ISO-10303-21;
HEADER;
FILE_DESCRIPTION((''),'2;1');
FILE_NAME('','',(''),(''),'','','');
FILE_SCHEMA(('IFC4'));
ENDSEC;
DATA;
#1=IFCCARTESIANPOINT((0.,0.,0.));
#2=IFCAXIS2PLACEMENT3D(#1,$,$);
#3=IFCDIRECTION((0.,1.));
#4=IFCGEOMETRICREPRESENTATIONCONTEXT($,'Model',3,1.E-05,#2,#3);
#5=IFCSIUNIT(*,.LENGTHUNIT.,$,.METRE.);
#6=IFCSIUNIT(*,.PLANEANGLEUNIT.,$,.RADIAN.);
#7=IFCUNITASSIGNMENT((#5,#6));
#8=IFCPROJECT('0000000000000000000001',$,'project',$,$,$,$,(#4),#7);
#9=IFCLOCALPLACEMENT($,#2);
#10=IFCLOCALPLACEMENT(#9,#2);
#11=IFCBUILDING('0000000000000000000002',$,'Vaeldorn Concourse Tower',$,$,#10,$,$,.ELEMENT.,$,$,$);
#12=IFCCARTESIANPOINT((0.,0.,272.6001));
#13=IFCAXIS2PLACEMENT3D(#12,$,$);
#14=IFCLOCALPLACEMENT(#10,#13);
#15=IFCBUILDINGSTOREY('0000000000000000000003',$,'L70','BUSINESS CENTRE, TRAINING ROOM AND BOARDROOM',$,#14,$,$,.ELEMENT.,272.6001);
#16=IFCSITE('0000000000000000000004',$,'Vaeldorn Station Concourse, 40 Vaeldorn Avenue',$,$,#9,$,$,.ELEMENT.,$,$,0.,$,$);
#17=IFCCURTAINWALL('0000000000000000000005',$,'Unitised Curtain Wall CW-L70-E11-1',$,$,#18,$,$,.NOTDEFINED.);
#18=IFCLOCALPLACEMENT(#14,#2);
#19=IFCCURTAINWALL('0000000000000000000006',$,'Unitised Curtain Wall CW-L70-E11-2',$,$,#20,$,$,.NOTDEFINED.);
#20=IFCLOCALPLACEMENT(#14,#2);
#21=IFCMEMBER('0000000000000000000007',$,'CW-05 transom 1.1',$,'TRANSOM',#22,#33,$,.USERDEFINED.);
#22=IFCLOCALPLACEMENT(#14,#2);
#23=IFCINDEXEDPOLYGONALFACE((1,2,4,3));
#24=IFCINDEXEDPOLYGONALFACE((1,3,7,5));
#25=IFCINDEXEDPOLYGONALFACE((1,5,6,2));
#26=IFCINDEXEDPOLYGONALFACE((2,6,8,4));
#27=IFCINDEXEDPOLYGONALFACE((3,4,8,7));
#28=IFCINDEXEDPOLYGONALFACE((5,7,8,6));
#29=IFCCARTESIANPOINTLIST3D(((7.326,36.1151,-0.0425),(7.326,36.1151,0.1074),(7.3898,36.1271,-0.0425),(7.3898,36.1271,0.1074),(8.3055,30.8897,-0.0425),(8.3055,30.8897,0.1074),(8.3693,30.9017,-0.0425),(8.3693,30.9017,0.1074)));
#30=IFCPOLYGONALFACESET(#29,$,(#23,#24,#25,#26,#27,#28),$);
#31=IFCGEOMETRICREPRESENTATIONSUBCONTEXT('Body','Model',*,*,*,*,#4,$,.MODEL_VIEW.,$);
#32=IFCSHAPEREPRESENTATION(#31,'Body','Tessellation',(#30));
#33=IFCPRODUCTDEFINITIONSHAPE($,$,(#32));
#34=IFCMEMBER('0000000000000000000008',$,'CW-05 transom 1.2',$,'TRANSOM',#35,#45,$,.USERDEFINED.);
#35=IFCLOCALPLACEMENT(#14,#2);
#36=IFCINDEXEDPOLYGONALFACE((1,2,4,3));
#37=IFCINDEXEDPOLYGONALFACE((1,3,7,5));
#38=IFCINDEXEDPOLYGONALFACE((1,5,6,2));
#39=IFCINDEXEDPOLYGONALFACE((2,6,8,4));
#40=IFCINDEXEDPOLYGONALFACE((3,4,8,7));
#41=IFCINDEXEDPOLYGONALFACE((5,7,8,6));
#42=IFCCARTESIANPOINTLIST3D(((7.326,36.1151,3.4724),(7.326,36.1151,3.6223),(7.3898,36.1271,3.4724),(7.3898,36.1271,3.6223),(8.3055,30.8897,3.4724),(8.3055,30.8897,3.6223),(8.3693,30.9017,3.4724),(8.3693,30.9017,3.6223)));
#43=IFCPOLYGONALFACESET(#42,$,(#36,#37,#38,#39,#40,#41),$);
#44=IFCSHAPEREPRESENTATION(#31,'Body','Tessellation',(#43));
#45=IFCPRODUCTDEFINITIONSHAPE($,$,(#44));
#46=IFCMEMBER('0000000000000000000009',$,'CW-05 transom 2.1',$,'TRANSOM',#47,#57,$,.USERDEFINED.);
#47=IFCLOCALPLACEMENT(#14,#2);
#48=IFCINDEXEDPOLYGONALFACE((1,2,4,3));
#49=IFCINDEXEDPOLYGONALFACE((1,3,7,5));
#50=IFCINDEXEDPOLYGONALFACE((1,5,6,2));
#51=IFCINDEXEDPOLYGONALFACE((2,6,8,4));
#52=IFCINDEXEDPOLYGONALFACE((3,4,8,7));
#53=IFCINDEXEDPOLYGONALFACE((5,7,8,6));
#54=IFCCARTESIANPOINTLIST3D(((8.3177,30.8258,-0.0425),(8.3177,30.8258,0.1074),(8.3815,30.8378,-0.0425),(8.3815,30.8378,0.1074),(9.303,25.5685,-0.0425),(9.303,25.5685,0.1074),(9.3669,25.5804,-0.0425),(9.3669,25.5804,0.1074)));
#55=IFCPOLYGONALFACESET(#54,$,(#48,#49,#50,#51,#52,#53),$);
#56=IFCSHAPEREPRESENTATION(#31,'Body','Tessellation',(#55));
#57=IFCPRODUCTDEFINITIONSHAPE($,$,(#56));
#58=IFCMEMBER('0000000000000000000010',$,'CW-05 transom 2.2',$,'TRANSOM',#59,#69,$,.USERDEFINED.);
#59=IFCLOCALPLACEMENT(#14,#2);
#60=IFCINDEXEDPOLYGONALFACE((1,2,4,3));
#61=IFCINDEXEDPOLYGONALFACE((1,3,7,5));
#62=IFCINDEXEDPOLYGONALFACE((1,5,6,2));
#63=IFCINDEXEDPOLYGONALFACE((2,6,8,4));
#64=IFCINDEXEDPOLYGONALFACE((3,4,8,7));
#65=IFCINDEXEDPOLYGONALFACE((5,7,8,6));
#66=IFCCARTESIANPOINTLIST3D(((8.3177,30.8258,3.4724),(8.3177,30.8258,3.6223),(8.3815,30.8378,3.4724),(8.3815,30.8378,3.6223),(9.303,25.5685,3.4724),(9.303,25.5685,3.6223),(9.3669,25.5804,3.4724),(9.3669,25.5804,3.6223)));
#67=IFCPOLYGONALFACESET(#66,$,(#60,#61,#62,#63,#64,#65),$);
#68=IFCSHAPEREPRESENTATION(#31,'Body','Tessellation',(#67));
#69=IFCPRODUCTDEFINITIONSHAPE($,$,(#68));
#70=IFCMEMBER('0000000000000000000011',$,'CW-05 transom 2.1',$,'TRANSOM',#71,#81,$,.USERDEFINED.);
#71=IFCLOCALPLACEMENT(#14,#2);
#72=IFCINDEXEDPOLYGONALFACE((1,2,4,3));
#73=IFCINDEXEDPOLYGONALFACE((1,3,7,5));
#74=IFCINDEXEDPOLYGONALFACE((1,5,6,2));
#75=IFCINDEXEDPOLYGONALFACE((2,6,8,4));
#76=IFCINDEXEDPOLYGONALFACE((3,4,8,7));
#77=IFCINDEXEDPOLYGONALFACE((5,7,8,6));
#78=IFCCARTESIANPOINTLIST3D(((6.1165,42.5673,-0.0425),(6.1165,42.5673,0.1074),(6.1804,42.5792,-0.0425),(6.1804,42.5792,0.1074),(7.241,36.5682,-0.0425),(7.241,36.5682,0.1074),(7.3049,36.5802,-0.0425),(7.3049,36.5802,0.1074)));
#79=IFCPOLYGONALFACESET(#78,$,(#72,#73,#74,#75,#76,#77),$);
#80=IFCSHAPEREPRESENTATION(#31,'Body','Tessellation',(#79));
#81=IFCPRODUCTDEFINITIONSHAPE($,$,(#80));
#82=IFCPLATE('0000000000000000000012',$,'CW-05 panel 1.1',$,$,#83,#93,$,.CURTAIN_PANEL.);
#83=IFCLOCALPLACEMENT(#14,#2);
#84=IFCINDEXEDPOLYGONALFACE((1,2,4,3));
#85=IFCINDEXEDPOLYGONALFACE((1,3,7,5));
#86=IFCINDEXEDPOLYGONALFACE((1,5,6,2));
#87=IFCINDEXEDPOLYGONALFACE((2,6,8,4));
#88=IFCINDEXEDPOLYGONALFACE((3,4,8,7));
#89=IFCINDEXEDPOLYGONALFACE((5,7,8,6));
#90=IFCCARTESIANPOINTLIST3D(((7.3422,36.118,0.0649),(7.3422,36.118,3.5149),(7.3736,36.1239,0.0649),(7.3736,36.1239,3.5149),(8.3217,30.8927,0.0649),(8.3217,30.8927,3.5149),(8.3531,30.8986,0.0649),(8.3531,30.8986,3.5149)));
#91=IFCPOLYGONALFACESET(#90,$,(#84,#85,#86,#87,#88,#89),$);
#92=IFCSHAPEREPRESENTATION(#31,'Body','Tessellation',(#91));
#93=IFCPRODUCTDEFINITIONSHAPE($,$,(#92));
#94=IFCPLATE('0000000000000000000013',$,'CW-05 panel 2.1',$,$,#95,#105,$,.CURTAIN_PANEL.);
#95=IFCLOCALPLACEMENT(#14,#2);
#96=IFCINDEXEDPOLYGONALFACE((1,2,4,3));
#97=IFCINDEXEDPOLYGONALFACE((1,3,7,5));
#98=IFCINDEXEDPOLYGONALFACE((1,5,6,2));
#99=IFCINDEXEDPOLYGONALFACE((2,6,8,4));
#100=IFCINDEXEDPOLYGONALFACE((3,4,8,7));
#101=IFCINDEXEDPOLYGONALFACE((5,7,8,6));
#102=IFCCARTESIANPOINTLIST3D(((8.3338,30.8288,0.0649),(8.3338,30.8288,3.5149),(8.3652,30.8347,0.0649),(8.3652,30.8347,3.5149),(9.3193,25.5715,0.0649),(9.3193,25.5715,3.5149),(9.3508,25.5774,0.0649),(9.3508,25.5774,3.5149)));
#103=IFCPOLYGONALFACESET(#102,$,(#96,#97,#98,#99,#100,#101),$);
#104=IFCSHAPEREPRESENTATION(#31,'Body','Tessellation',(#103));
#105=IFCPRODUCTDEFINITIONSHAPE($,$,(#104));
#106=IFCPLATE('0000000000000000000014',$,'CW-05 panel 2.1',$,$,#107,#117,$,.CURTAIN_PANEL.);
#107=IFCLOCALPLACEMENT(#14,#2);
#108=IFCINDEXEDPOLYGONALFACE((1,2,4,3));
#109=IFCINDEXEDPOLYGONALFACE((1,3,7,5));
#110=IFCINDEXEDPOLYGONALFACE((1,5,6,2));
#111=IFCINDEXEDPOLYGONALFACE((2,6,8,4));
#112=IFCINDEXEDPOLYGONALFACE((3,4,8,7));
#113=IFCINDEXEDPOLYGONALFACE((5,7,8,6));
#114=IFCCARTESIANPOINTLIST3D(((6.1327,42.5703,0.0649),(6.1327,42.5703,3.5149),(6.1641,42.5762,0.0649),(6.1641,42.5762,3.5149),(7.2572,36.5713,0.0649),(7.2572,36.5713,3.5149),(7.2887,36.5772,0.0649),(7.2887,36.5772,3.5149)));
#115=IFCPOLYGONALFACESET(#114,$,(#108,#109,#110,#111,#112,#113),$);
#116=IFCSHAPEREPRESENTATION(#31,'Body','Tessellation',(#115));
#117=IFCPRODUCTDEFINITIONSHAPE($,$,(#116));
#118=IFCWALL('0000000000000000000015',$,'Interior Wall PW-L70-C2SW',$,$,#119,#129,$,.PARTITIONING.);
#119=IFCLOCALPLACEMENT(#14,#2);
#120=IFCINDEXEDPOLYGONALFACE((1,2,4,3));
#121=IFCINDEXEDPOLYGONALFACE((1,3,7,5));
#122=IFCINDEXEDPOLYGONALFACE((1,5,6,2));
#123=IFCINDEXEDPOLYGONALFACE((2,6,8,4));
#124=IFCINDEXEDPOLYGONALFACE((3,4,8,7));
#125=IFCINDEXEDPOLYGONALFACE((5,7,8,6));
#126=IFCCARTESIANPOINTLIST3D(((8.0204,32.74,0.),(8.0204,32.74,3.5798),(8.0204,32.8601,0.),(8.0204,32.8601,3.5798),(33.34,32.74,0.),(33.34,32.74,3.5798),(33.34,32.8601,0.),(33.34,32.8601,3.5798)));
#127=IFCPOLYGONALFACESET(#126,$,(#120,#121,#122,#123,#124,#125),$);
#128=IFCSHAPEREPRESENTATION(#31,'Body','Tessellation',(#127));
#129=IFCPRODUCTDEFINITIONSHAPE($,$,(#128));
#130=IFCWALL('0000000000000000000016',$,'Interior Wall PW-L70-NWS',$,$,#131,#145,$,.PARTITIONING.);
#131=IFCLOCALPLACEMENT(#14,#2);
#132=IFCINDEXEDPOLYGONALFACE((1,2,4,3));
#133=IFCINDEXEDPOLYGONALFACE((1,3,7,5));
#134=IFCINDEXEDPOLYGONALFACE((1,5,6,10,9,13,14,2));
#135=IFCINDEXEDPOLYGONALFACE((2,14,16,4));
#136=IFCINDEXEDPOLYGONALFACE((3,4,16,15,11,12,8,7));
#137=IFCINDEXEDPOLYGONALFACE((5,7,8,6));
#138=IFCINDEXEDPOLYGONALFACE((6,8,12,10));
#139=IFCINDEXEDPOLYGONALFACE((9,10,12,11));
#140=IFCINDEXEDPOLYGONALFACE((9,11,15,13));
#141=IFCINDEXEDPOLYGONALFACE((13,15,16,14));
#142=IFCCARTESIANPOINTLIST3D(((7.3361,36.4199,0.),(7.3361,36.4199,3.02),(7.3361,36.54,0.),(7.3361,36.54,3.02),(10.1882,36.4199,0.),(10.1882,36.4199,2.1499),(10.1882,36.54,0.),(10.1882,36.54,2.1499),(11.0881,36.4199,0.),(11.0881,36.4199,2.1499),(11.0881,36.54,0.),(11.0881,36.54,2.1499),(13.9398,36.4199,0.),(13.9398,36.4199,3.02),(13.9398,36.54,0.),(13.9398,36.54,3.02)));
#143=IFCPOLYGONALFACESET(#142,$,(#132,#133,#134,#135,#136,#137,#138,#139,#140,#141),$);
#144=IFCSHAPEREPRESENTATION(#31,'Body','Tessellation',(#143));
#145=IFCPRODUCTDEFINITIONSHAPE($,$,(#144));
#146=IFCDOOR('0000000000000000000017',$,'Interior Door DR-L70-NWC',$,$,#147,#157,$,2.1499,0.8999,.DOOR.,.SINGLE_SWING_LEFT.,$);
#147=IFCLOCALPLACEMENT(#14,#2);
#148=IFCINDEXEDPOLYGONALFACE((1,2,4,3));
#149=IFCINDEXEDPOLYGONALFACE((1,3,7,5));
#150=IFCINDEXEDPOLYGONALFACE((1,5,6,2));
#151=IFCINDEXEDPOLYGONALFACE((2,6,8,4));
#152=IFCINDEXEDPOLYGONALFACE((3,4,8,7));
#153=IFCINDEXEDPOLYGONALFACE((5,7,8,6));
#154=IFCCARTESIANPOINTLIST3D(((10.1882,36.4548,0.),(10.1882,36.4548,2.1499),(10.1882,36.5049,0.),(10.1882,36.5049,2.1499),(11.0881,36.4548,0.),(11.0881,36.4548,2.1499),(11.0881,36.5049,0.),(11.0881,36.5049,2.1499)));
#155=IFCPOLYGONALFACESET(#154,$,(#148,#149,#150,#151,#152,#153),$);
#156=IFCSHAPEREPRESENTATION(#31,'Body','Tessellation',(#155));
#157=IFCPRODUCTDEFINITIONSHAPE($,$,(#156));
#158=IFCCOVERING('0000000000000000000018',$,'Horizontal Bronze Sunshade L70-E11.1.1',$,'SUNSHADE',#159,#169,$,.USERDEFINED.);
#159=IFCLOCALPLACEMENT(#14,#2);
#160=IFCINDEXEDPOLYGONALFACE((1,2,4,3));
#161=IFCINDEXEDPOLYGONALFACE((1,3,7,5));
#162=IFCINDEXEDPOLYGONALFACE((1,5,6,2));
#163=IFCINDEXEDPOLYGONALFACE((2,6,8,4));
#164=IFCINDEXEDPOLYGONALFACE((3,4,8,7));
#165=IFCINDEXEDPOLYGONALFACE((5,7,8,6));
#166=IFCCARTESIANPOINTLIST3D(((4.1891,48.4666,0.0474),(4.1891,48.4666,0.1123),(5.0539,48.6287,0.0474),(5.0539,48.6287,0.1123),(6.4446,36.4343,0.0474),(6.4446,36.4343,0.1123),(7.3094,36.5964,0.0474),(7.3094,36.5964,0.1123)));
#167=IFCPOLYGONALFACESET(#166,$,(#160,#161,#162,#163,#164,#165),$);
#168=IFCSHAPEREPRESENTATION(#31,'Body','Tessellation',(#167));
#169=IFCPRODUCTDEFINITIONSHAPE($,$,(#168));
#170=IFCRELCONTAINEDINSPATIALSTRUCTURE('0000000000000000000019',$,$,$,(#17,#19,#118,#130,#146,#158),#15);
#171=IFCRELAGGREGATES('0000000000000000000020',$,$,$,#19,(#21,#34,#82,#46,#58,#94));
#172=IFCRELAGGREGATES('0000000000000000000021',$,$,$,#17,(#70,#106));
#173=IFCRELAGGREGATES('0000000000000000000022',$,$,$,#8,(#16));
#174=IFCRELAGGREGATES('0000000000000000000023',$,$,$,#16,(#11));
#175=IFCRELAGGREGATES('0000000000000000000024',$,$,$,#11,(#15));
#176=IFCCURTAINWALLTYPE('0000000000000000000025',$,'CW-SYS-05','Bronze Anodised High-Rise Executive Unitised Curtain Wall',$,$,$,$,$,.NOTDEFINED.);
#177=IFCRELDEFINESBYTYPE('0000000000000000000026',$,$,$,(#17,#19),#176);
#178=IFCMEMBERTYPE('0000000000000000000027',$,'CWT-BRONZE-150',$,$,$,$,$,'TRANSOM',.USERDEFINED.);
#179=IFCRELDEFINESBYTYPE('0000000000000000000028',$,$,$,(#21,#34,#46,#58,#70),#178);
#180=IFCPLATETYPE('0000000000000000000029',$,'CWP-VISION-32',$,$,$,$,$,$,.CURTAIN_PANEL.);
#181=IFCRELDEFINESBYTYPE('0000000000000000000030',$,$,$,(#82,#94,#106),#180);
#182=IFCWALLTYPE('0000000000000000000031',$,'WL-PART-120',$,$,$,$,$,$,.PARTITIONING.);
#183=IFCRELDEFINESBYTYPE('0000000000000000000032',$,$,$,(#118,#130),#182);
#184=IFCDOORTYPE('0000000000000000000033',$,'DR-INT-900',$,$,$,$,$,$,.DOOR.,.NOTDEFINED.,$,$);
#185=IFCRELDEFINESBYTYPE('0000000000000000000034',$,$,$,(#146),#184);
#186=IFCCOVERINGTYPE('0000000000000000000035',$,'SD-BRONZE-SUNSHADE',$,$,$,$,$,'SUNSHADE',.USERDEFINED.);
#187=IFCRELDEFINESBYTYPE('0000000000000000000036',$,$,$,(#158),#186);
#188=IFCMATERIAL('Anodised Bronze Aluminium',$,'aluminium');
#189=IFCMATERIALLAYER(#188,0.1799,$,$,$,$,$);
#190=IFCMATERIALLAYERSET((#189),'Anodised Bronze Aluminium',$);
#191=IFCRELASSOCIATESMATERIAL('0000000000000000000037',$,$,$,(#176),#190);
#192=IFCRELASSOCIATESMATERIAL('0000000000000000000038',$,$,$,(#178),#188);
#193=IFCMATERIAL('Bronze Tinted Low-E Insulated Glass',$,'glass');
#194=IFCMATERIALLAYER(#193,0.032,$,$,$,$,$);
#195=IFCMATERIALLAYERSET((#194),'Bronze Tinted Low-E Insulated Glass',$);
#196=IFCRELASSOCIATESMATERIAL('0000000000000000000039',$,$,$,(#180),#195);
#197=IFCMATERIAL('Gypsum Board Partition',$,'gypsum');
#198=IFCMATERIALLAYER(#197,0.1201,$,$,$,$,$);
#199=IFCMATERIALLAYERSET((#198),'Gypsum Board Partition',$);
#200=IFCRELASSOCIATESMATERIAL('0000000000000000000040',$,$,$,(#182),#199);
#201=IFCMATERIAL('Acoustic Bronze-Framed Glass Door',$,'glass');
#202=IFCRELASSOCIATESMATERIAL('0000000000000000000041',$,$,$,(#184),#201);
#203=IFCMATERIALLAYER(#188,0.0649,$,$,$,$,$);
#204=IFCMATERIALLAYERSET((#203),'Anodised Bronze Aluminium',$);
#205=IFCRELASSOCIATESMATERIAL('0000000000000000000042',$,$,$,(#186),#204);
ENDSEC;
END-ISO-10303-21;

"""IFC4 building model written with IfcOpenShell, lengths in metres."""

from ifc_helpers import new_model, si_unit, direction, frame, frame_2d, origin, origin_2d, place, context, subcontext, project, spatial, rectangle, extrude, source, transform, mapped, material, layer, layer_set, material_profile, profile_set, type_object, element, fill, aggregate, save


model = new_model("IFC4")

# Units and contexts
model_context = context("Model", 3, precision=1e-05, world=origin(), true_north=direction((0.0, 1.0)))
body_context = subcontext(model_context, "Body", "Model", "MODEL_VIEW")
ifc_project = project(units=[si_unit("LENGTHUNIT", "METRE"), si_unit("PLANEANGLEUNIT", "RADIAN")], contexts=[model_context])

# Site, building, storey
site_placement = place(None, origin())
site = spatial("IfcSite", under=ifc_project, at=site_placement, Name="Vaeldorn Station Concourse, 40 Vaeldorn Avenue", CompositionType="ELEMENT", RefElevation=0.0)
building_placement = place(site_placement, origin())
building = spatial("IfcBuilding", under=site, at=building_placement, Name="Vaeldorn Concourse Tower", CompositionType="ELEMENT")
storey_placement = place(building_placement, frame((0.0, 0.0, 272.6001)))
storey = spatial("IfcBuildingStorey", under=building, at=storey_placement, Name="L70", Description="BUSINESS CENTRE, TRAINING ROOM AND BOARDROOM", CompositionType="ELEMENT", Elevation=272.6001)

# Curtain wall
ifc_material_1 = material(Name="Anodised Bronze Aluminium", Category="aluminium")
ifc_layer_1 = layer(ifc_material_1, 0.1799)
ifc_layer_set_1 = layer_set([ifc_layer_1], Name="Anodised Bronze Aluminium")
curtain_wall_type = type_object("IfcCurtainWallType", Name="CW-SYS-05", Description="Bronze Anodised High-Rise Executive Unitised Curtain Wall", PredefinedType="NOTDEFINED", material=ifc_layer_set_1)
curtain_wall_1_placement = place(storey_placement, origin())
curtain_wall_1 = element("IfcCurtainWall", 1, at=curtain_wall_1_placement, inside=storey, type_object=curtain_wall_type, Name="Unitised Curtain Wall CW-L70-E11-1", PredefinedType="NOTDEFINED")

# Curtain wall, members
curtain_wall_2_placement = place(storey_placement, origin())
curtain_wall_2 = element("IfcCurtainWall", 2, at=curtain_wall_2_placement, inside=storey, type_object=curtain_wall_type, Name="Unitised Curtain Wall CW-L70-E11-2", PredefinedType="NOTDEFINED")
ifc_material_profile_1 = material_profile(ifc_material_1, rectangle(XDim=0.0649, YDim=0.1499, at=origin_2d()), Name="CWT 65x150")
ifc_profile_set_1 = profile_set([ifc_material_profile_1], Name="Anodised Bronze Aluminium")
member_type_1 = type_object("IfcMemberType", Name="CWT-BRONZE-150", ElementType="TRANSOM", PredefinedType="USERDEFINED", material=ifc_profile_set_1)
shared_shape_1 = source(origin(), body_context, "Body", "SweptSolid", [
    extrude(rectangle(XDim=0.0649, YDim=0.1499, at=origin_2d()), origin(), (0.0, 0.0, 1.0), 5.3164),
])
member_1_placement = place(storey_placement, frame((7.3579, 36.1211, 0.0325), z_axis=(0.184241, -0.982881, 0.0), x_axis=(0.982881, 0.184241, 0.0)))
member_1 = element("IfcMember", 3, at=member_1_placement, type_object=member_type_1, Name="CW-05 transom 1.1", ObjectType="TRANSOM", PredefinedType="USERDEFINED", context=body_context, shape_type="MappedRepresentation", body=[
    mapped(shared_shape_1, transform((0.0, 0.0, 0.0), scale=1.0)),
])
member_2_placement = place(storey_placement, frame((7.3579, 36.1211, 3.5474), z_axis=(0.184241, -0.982881, 0.0), x_axis=(0.982881, 0.184241, 0.0)))
member_2 = element("IfcMember", 4, at=member_2_placement, type_object=member_type_1, Name="CW-05 transom 1.2", ObjectType="TRANSOM", PredefinedType="USERDEFINED", context=body_context, shape_type="MappedRepresentation", body=[
    mapped(shared_shape_1, transform((0.0, 0.0, 0.0), scale=1.0)),
])
shared_shape_2 = source(origin(), body_context, "Body", "SweptSolid", [
    extrude(rectangle(XDim=0.0649, YDim=0.1499, at=origin_2d()), origin(), (0.0, 0.0, 1.0), 5.3489),
])
member_3_placement = place(storey_placement, frame((8.3496, 30.8318, 0.0325), z_axis=(0.184217, -0.982886, 0.0), x_axis=(0.982886, 0.184217, 0.0)))
member_3 = element("IfcMember", 5, at=member_3_placement, type_object=member_type_1, Name="CW-05 transom 2.1", ObjectType="TRANSOM", PredefinedType="USERDEFINED", context=body_context, shape_type="MappedRepresentation", body=[
    mapped(shared_shape_2, transform((0.0, 0.0, 0.0), scale=1.0)),
])
member_4_placement = place(storey_placement, frame((8.3496, 30.8318, 3.5474), z_axis=(0.184217, -0.982886, 0.0), x_axis=(0.982886, 0.184217, 0.0)))
member_4 = element("IfcMember", 6, at=member_4_placement, type_object=member_type_1, Name="CW-05 transom 2.2", ObjectType="TRANSOM", PredefinedType="USERDEFINED", context=body_context, shape_type="MappedRepresentation", body=[
    mapped(shared_shape_2, transform((0.0, 0.0, 0.0), scale=1.0)),
])

# Member
shared_shape_3 = source(origin(), body_context, "Body", "SweptSolid", [
    extrude(rectangle(XDim=0.0649, YDim=0.1499, at=origin_2d()), origin(), (0.0, 0.0, 1.0), 6.1035),
])
member_5_placement = place(storey_placement, frame((6.1484, 42.5732, 0.0325), z_axis=(0.18424, -0.982881, 0.0), x_axis=(0.982881, 0.18424, 0.0)))
member_5 = element("IfcMember", 7, at=member_5_placement, type_object=member_type_1, Name="CW-05 transom 2.1", ObjectType="TRANSOM", PredefinedType="USERDEFINED", context=body_context, shape_type="MappedRepresentation", body=[
    mapped(shared_shape_3, transform((0.0, 0.0, 0.0), scale=1.0)),
])

# Plates
ifc_material_2 = material(Name="Bronze Tinted Low-E Insulated Glass", Category="glass")
ifc_layer_2 = layer(ifc_material_2, 0.032)
ifc_layer_set_2 = layer_set([ifc_layer_2], Name="Bronze Tinted Low-E Insulated Glass")
plate_type = type_object("IfcPlateType", Name="CWP-VISION-32", PredefinedType="CURTAIN_PANEL", material=ifc_layer_set_2)
shared_shape_4 = source(origin(), body_context, "Body", "SweptSolid", [
    extrude(rectangle(XDim=5.3164, YDim=0.032, at=origin_2d()), origin(), (0.0, 0.0, 1.0), 3.45),
])
plate_1_placement = place(storey_placement, frame((7.8477, 33.5083, 0.0649), z_axis=(0.0, 0.0, 1.0), x_axis=(0.184247, -0.98288, 0.0)))
plate_1 = element("IfcPlate", 8, at=plate_1_placement, type_object=plate_type, Name="CW-05 panel 1.1", PredefinedType="CURTAIN_PANEL", context=body_context, shape_type="MappedRepresentation", body=[
    mapped(shared_shape_4, transform((0.0, 0.0, 0.0), scale=1.0)),
])
shared_shape_5 = source(origin(), body_context, "Body", "SweptSolid", [
    extrude(rectangle(XDim=5.3489, YDim=0.032, at=origin_2d()), origin(), (0.0, 0.0, 1.0), 3.45),
])
plate_2_placement = place(storey_placement, frame((8.8423, 28.2031, 0.0649), z_axis=(0.0, 0.0, 1.0), x_axis=(0.184247, -0.98288, 0.0)))
plate_2 = element("IfcPlate", 9, at=plate_2_placement, type_object=plate_type, Name="CW-05 panel 2.1", PredefinedType="CURTAIN_PANEL", context=body_context, shape_type="MappedRepresentation", body=[
    mapped(shared_shape_5, transform((0.0, 0.0, 0.0), scale=1.0)),
])
aggregate(curtain_wall_2, [member_1, member_2, plate_1, member_3, member_4, plate_2])
shared_shape_6 = source(origin(), body_context, "Body", "SweptSolid", [
    extrude(rectangle(XDim=6.1035, YDim=0.032, at=origin_2d()), origin(), (0.0, 0.0, 1.0), 3.45),
])
plate_3_placement = place(storey_placement, frame((6.7107, 39.5737, 0.0649), z_axis=(0.0, 0.0, 1.0), x_axis=(0.184246, -0.98288, 0.0)))
plate_3 = element("IfcPlate", 10, at=plate_3_placement, type_object=plate_type, Name="CW-05 panel 2.1", PredefinedType="CURTAIN_PANEL", context=body_context, shape_type="MappedRepresentation", body=[
    mapped(shared_shape_6, transform((0.0, 0.0, 0.0), scale=1.0)),
])
aggregate(curtain_wall_1, [member_5, plate_3])

# Wall
ifc_material_3 = material(Name="Gypsum Board Partition", Category="gypsum")
ifc_layer_3 = layer(ifc_material_3, 0.1201)
ifc_layer_set_3 = layer_set([ifc_layer_3], Name="Gypsum Board Partition")
wall_type = type_object("IfcWallType", Name="WL-PART-120", PredefinedType="PARTITIONING", material=ifc_layer_set_3)
wall_1_placement = place(storey_placement, frame((8.0205, 32.8, 0.0), z_axis=(0.0, 0.0, 1.0), x_axis=(1.0, 0.0, 0.0)))
element("IfcWall", 11, at=wall_1_placement, inside=storey, type_object=wall_type, Name="Interior Wall PW-L70-C2SW", PredefinedType="PARTITIONING", context=body_context, shape_type="SweptSolid", body=[
    extrude(rectangle(XDim=25.3196, YDim=0.1201, at=frame_2d((12.6597, 0.0))), origin(), (0.0, 0.0, 1.0), 3.5798),
])

# Wall, opening, door
wall_2_placement = place(storey_placement, frame((7.3362, 36.48, 0.0), z_axis=(0.0, 0.0, 1.0), x_axis=(1.0, 0.0, 0.0)))
wall_2 = element("IfcWall", 12, at=wall_2_placement, inside=storey, type_object=wall_type, Name="Interior Wall PW-L70-NWS", PredefinedType="PARTITIONING", context=body_context, shape_type="SweptSolid", body=[
    extrude(rectangle(XDim=6.6038, YDim=0.1201, at=frame_2d((3.3018, 0.0))), origin(), (0.0, 0.0, 1.0), 3.02),
])
opening_placement = place(wall_2_placement, frame((2.8521, 0.0, 0.0)))
opening = element("IfcOpeningElement", 13, at=opening_placement, cuts=wall_2, PredefinedType="OPENING", context=body_context, shape_type="SweptSolid", body=[
    extrude(rectangle(XDim=0.8999, YDim=2.1499, at=frame_2d((0.45, 1.075))), frame((0.0, 0.0701, 0.0), z_axis=(0.0, -1.0, 0.0), x_axis=(1.0, 0.0, 0.0)), (0.0, 0.0, 1.0), 0.1401),
])
ifc_material_4 = material(Name="Acoustic Bronze-Framed Glass Door", Category="glass")
door_type = type_object("IfcDoorType", Name="DR-INT-900", OperationType="NOTDEFINED", PredefinedType="DOOR", material=ifc_material_4)
shared_shape_7 = source(origin(), body_context, "Body", "SweptSolid", [
    extrude(rectangle(XDim=0.8999, YDim=2.1499, at=frame_2d((0.45, 1.075))), frame((0.0, 0.0249, 0.0), z_axis=(0.0, -1.0, 0.0), x_axis=(1.0, 0.0, 0.0)), (0.0, 0.0, 1.0), 0.05),
])
door_placement = place(opening_placement, origin())
door = element("IfcDoor", 14, at=door_placement, inside=storey, type_object=door_type, Name="Interior Door DR-L70-NWC", OperationType="SINGLE_SWING_LEFT", OverallHeight=2.1499, OverallWidth=0.8999, PredefinedType="DOOR", context=body_context, shape_type="MappedRepresentation", body=[
    mapped(shared_shape_7, transform((0.0, 0.0, 0.0), scale=1.0)),
])
fill(opening, door)

# Covering
ifc_layer_4 = layer(ifc_material_1, 0.0649)
ifc_layer_set_4 = layer_set([ifc_layer_4], Name="Anodised Bronze Aluminium")
covering_type = type_object("IfcCoveringType", Name="SD-BRONZE-SUNSHADE", ElementType="SUNSHADE", PredefinedType="USERDEFINED", material=ifc_layer_set_4)
shared_shape_8 = source(origin(), body_context, "Body", "SweptSolid", [
    extrude(rectangle(XDim=12.2419, YDim=0.8799, at=origin_2d()), origin(), (0.0, 0.0, 1.0), 0.0649),
])
for number, where, z_axis, x_axis, name in (
    (15, (5.7493, 42.5315, 0.0474), (0.0, 0.0, 1.0), (0.184243, -0.982881, 0.0), "Horizontal Bronze Sunshade L70-E11.1.1"),
):
    element("IfcCovering", number, at=place(storey_placement, frame(where, z_axis=z_axis, x_axis=x_axis)), inside=storey, type_object=covering_type, Name=name, ObjectType="SUNSHADE", PredefinedType="USERDEFINED", context=body_context, shape_type="MappedRepresentation", body=[
        mapped(shared_shape_8, transform((0.0, 0.0, 0.0), scale=1.0)),
    ])

save(model, "model.ifc")
